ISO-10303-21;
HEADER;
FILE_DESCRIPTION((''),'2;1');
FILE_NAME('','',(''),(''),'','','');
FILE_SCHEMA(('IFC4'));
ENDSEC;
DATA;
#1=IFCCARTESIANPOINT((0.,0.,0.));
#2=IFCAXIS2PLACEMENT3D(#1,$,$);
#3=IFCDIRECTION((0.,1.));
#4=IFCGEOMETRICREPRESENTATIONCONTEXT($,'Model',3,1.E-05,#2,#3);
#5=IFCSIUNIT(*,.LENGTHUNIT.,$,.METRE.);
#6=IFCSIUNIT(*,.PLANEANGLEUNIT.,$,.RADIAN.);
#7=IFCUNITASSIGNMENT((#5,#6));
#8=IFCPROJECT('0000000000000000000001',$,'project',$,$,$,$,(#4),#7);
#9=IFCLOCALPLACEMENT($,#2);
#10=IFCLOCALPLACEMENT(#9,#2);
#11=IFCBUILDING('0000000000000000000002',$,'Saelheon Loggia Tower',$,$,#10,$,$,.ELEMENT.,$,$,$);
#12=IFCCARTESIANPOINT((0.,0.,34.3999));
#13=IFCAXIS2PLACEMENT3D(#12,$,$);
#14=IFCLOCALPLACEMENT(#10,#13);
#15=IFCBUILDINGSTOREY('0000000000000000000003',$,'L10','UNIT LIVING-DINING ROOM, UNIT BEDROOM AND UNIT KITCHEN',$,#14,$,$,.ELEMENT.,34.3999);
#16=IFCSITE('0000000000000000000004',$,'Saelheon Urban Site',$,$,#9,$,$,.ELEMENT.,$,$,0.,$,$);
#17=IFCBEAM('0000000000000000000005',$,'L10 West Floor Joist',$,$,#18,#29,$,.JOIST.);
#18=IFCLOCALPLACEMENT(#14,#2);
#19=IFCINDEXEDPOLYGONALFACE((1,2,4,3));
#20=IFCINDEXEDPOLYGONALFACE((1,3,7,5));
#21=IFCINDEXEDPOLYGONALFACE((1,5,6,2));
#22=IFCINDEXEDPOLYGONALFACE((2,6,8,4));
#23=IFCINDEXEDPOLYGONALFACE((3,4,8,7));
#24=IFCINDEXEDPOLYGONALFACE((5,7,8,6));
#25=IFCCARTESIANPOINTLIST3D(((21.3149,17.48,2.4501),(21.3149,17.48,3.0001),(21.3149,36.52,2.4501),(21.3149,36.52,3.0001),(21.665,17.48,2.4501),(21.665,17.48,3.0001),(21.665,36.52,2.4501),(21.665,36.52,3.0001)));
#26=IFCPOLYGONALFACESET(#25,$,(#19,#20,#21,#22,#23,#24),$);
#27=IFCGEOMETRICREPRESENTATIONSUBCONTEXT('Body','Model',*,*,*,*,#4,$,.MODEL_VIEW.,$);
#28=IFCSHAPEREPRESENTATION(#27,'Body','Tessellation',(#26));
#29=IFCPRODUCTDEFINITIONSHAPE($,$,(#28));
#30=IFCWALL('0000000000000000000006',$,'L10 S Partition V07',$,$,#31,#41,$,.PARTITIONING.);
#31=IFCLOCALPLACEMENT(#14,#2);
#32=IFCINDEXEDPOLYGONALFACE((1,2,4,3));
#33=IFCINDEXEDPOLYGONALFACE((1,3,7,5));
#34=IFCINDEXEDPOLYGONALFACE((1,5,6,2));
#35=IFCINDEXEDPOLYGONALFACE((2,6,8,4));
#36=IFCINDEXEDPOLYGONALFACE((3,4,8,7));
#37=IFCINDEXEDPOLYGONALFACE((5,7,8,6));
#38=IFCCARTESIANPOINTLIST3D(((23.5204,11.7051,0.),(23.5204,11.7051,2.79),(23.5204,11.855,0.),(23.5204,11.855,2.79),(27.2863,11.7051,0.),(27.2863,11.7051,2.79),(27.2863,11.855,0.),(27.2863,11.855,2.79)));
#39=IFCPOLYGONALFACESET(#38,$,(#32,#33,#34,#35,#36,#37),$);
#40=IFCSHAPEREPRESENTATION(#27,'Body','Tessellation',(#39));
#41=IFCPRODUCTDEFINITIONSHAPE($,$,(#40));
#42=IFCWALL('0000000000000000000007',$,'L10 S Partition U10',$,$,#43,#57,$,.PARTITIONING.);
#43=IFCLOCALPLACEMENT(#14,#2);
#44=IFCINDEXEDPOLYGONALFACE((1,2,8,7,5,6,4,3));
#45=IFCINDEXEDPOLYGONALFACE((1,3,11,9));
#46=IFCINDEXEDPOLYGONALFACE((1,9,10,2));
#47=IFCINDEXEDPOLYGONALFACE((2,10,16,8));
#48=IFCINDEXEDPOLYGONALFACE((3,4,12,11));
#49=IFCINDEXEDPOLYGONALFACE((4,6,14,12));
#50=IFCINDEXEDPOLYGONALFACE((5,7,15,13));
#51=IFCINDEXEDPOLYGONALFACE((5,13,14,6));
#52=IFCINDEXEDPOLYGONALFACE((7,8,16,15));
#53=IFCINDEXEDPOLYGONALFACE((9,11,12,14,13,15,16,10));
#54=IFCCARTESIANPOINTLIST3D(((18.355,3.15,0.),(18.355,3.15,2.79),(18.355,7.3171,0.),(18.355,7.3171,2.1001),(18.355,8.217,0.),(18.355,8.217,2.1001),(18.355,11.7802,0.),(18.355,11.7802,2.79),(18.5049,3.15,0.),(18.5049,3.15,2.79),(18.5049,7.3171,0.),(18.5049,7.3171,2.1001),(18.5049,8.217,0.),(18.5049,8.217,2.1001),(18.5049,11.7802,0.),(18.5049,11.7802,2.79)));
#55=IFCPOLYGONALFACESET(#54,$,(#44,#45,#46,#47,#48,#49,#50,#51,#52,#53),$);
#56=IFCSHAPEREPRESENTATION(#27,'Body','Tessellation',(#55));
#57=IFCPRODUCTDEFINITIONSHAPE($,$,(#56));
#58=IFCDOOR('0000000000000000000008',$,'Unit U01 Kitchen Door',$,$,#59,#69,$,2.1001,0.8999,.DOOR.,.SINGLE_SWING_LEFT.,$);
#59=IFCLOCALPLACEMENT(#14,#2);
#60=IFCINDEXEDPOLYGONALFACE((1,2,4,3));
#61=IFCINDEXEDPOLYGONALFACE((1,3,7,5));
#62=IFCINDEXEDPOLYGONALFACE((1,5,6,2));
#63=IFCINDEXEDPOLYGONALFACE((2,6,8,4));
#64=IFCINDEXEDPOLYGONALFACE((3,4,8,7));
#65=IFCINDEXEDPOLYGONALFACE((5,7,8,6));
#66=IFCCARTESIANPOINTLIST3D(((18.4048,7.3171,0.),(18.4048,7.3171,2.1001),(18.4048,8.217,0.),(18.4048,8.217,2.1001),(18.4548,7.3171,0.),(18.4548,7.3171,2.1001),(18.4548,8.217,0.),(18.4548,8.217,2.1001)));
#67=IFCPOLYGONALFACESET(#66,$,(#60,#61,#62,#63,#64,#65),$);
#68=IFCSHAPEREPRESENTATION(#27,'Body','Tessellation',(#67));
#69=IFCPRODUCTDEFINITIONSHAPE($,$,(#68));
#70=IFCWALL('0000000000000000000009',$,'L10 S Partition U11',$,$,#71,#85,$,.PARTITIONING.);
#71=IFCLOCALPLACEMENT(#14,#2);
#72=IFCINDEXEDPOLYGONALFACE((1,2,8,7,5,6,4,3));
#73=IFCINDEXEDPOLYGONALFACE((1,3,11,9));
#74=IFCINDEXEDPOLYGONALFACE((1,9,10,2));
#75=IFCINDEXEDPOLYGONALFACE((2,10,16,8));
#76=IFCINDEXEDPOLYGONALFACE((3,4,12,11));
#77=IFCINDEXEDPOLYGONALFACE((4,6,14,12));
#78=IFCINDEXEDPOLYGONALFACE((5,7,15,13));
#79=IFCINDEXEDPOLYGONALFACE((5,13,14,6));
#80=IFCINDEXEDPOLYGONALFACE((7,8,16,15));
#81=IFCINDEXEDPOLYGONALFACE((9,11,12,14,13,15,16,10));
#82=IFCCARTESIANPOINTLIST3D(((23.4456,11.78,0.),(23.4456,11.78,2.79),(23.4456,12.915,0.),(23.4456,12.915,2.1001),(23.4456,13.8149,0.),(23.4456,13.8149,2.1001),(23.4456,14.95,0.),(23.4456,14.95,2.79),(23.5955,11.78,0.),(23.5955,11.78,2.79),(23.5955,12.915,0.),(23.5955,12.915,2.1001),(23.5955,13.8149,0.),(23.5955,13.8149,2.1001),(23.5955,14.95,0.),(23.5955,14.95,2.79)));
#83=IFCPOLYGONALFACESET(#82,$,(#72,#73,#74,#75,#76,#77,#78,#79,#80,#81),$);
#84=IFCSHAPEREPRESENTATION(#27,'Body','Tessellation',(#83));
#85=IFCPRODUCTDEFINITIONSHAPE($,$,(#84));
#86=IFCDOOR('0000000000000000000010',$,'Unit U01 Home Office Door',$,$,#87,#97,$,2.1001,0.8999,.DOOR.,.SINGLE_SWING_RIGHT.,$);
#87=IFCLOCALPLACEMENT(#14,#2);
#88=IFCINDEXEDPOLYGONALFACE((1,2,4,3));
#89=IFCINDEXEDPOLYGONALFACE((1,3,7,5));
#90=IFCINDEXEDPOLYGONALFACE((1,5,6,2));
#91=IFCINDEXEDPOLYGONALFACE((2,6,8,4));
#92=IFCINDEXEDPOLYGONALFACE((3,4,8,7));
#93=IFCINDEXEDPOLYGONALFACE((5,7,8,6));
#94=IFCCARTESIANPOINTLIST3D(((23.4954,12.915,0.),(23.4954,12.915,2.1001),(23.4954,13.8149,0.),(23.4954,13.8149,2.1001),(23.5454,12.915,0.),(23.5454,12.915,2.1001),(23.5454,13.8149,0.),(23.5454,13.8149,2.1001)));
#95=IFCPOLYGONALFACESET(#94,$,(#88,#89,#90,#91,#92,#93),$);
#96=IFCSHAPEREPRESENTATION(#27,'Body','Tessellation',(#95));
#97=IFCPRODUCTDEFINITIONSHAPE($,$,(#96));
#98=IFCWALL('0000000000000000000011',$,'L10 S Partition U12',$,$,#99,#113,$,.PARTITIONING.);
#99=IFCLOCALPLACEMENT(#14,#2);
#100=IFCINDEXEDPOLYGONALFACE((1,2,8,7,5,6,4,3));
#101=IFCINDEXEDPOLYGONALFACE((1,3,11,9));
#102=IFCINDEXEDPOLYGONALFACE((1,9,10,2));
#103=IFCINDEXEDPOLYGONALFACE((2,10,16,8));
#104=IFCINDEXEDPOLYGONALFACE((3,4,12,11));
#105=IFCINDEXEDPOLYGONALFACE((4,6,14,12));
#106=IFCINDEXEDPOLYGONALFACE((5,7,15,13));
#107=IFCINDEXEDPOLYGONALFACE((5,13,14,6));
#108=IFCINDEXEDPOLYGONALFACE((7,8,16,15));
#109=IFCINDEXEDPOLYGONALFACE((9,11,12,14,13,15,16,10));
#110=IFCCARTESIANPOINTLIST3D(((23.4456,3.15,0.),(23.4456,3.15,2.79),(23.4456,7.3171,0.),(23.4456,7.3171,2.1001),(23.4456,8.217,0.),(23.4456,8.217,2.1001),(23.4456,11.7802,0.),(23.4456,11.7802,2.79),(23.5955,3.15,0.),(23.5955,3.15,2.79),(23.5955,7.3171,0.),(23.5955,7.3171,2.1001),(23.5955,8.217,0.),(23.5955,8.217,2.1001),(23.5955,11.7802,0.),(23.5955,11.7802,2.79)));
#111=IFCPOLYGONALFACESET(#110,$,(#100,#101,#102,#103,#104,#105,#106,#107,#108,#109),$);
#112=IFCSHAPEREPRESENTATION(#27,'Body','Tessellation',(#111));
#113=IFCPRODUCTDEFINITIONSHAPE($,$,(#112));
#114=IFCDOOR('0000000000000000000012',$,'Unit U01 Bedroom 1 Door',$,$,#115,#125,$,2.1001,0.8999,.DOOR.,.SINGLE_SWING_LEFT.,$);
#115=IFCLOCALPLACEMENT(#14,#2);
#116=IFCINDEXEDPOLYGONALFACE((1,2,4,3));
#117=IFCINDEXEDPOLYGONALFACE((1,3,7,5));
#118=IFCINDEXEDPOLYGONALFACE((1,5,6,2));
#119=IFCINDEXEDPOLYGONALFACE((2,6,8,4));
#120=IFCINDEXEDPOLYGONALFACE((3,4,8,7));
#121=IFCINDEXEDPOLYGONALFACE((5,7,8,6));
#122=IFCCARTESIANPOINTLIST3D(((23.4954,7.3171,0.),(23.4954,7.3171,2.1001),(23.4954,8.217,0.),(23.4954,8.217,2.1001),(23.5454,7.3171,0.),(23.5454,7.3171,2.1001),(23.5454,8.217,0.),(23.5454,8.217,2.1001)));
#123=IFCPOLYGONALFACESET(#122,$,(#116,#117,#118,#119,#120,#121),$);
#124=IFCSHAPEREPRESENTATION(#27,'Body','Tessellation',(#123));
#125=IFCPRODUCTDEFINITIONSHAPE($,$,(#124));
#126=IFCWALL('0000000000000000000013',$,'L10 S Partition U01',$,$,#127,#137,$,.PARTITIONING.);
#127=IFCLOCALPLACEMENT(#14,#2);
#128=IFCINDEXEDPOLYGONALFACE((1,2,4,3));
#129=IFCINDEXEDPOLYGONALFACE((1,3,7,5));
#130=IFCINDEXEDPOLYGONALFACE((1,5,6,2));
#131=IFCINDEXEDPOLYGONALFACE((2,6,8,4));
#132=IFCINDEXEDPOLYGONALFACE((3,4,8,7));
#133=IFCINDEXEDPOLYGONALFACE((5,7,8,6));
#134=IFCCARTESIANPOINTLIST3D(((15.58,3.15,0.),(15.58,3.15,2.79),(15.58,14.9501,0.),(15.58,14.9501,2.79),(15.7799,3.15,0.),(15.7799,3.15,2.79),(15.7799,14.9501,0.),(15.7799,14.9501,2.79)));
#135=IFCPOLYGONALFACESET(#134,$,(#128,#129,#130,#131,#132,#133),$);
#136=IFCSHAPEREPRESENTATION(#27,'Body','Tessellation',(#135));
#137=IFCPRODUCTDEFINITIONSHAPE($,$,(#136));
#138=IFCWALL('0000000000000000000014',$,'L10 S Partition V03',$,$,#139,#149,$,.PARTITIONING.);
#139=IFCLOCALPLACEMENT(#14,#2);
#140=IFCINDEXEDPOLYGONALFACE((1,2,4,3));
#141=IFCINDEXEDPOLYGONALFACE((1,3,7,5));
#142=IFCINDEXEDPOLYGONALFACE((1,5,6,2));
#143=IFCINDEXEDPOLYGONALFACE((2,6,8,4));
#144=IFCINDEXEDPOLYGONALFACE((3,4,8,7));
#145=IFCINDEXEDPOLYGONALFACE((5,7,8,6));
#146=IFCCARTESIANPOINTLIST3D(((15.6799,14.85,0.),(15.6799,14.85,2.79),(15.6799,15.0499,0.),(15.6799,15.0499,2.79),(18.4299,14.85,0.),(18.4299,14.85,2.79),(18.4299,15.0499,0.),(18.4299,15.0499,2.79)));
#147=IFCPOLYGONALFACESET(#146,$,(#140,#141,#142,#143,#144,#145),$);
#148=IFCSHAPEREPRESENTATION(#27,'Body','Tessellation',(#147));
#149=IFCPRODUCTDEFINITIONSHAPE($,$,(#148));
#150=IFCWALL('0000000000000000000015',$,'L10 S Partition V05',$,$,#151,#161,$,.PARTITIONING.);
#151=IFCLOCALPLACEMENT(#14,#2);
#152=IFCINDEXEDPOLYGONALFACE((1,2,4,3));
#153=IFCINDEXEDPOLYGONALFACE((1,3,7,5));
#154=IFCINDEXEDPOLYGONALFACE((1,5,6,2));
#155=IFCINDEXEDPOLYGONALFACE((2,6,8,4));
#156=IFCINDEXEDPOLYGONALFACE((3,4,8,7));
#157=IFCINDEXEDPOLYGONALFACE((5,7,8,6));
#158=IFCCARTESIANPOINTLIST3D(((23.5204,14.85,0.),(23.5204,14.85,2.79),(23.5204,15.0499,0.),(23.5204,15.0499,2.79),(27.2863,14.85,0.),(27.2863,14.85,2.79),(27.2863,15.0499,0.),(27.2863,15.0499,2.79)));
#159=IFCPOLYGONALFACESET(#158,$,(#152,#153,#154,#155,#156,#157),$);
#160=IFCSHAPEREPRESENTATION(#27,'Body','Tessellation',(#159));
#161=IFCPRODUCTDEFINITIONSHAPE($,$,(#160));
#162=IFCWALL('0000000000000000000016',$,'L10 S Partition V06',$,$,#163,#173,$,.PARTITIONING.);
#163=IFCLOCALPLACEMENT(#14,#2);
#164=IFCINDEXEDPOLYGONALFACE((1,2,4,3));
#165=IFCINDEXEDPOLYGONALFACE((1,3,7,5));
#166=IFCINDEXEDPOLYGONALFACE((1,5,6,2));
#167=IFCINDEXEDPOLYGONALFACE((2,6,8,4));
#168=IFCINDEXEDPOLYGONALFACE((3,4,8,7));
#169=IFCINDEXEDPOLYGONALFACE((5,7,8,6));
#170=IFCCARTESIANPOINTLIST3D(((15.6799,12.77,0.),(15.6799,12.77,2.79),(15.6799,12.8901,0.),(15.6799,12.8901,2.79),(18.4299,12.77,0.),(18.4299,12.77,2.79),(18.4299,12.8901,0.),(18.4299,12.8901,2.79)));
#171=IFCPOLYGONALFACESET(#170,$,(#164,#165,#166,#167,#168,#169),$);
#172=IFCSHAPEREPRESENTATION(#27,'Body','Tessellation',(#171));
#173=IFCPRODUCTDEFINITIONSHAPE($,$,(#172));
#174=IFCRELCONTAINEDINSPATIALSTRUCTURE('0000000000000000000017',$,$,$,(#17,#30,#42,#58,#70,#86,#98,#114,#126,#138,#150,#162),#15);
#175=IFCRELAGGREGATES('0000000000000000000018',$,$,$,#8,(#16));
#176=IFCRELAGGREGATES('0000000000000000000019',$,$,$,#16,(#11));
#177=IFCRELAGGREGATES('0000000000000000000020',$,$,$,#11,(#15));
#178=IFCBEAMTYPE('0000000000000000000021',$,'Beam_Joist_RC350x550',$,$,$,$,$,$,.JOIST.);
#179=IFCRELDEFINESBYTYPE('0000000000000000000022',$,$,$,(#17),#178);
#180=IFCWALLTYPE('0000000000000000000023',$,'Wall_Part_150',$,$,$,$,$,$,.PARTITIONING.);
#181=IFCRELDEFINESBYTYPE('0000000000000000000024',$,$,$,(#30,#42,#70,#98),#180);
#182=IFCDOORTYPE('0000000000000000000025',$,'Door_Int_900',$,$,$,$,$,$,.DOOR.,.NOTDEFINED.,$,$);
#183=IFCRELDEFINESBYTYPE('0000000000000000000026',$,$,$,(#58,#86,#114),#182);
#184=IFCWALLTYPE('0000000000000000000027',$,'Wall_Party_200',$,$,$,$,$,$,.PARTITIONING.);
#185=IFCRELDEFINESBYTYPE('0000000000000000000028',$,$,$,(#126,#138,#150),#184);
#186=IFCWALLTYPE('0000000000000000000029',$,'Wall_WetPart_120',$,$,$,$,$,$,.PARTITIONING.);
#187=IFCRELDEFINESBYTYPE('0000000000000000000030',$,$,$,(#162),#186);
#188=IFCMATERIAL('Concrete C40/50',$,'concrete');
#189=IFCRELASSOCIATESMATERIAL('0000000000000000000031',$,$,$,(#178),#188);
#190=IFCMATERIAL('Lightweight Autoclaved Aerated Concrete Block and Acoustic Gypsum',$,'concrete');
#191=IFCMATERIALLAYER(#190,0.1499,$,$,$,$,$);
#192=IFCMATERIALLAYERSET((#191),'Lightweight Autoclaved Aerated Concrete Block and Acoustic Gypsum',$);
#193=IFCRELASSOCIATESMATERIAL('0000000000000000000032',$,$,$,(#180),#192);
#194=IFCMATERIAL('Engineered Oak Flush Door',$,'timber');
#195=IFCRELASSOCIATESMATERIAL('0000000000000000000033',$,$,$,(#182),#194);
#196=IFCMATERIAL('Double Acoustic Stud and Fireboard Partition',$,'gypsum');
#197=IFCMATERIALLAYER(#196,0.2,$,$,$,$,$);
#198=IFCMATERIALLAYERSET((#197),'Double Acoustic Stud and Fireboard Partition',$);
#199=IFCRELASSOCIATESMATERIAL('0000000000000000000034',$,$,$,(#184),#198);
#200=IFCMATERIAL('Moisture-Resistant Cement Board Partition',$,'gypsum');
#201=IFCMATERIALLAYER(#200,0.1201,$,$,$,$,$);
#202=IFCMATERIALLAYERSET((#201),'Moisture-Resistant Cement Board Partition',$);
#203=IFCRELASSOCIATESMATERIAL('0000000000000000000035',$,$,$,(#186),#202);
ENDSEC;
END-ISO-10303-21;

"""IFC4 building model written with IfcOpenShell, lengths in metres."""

from ifc_helpers import new_model, si_unit, direction, frame, frame_2d, origin, origin_2d, place, context, subcontext, project, spatial, rectangle, extrude, source, transform, mapped, material, layer, layer_set, material_profile, profile_set, type_object, element, fill, save


model = new_model("IFC4")

# Units and contexts
model_context = context("Model", 3, precision=1e-05, world=origin(), true_north=direction((0.0, 1.0)))
body_context = subcontext(model_context, "Body", "Model", "MODEL_VIEW")
ifc_project = project(units=[si_unit("LENGTHUNIT", "METRE"), si_unit("PLANEANGLEUNIT", "RADIAN")], contexts=[model_context])

# Site, building, storey
site_placement = place(None, origin())
site = spatial("IfcSite", under=ifc_project, at=site_placement, Name="Saelheon Urban Site", CompositionType="ELEMENT", RefElevation=0.0)
building_placement = place(site_placement, origin())
building = spatial("IfcBuilding", under=site, at=building_placement, Name="Saelheon Loggia Tower", CompositionType="ELEMENT")
storey_placement = place(building_placement, frame((0.0, 0.0, 34.3999)))
storey = spatial("IfcBuildingStorey", under=building, at=storey_placement, Name="L10", Description="UNIT LIVING-DINING ROOM, UNIT BEDROOM AND UNIT KITCHEN", CompositionType="ELEMENT", Elevation=34.3999)

# Beam
ifc_material_1 = material(Name="Concrete C40/50", Category="concrete")
ifc_material_profile = material_profile(ifc_material_1, rectangle(XDim=0.3501, YDim=0.55, at=origin_2d()), Name="RC-350x550")
ifc_profile_set = profile_set([ifc_material_profile], Name="Concrete C40/50")
beam_type = type_object("IfcBeamType", Name="Beam_Joist_RC350x550", PredefinedType="JOIST", material=ifc_profile_set)
shared_shape_1 = source(origin(), body_context, "Body", "SweptSolid", [
    extrude(rectangle(XDim=0.3501, YDim=0.55, at=origin_2d()), origin(), (0.0, 0.0, 1.0), 19.04),
])
beam_placement = place(storey_placement, frame((21.49, 17.48, 2.7251), z_axis=(0.0, 1.0, 0.0), x_axis=(-1.0, 0.0, 0.0)))
element("IfcBeam", 1, at=beam_placement, inside=storey, type_object=beam_type, Name="L10 West Floor Joist", PredefinedType="JOIST", context=body_context, shape_type="MappedRepresentation", body=[
    mapped(shared_shape_1, transform((0.0, 0.0, 0.0), scale=1.0)),
])

# Wall
ifc_material_2 = material(Name="Lightweight Autoclaved Aerated Concrete Block and Acoustic Gypsum", Category="concrete")
ifc_layer_1 = layer(ifc_material_2, 0.1499)
ifc_layer_set_1 = layer_set([ifc_layer_1], Name="Lightweight Autoclaved Aerated Concrete Block and Acoustic Gypsum")
wall_type_1 = type_object("IfcWallType", Name="Wall_Part_150", PredefinedType="PARTITIONING", material=ifc_layer_set_1)
wall_1_placement = place(storey_placement, frame((23.5205, 11.78, 0.0), z_axis=(0.0, 0.0, 1.0), x_axis=(1.0, 0.0, 0.0)))
element("IfcWall", 2, at=wall_1_placement, inside=storey, type_object=wall_type_1, Name="L10 S Partition V07", PredefinedType="PARTITIONING", context=body_context, shape_type="SweptSolid", body=[
    extrude(rectangle(XDim=3.7659, YDim=0.1499, at=frame_2d((1.8828, 0.0))), origin(), (0.0, 0.0, 1.0), 2.79),
])

# Walls, openings, doors
wall_2_placement = place(storey_placement, frame((18.4299, 11.78, 0.0), z_axis=(0.0, 0.0, 1.0), x_axis=(0.0, -1.0, 0.0)))
wall_2 = element("IfcWall", 3, at=wall_2_placement, inside=storey, type_object=wall_type_1, Name="L10 S Partition U10", PredefinedType="PARTITIONING", context=body_context, shape_type="SweptSolid", body=[
    extrude(rectangle(XDim=8.6301, YDim=0.1499, at=frame_2d((4.3149, 0.0))), origin(), (0.0, 0.0, 1.0), 2.79),
])
opening_1_placement = place(wall_2_placement, frame((3.563, 0.0, 0.0)))
opening_1 = element("IfcOpeningElement", 4, at=opening_1_placement, cuts=wall_2, PredefinedType="OPENING", context=body_context, shape_type="SweptSolid", body=[
    extrude(rectangle(XDim=0.8999, YDim=2.1001, at=frame_2d((0.45, 1.05))), frame((0.0, 0.0869, 0.0), z_axis=(0.0, -1.0, 0.0), x_axis=(1.0, 0.0, 0.0)), (0.0, 0.0, 1.0), 0.1738),
])
ifc_material_3 = material(Name="Engineered Oak Flush Door", Category="timber")
door_type_1 = type_object("IfcDoorType", Name="Door_Int_900", OperationType="NOTDEFINED", PredefinedType="DOOR", material=ifc_material_3)
shared_shape_2 = source(origin(), body_context, "Body", "SweptSolid", [
    extrude(rectangle(XDim=0.8999, YDim=2.1001, at=frame_2d((0.45, 1.05))), frame((0.0, 0.0249, 0.0), z_axis=(0.0, -1.0, 0.0), x_axis=(1.0, 0.0, 0.0)), (0.0, 0.0, 1.0), 0.05),
])
door_1_placement = place(opening_1_placement, origin())
door_1 = element("IfcDoor", 5, at=door_1_placement, inside=storey, type_object=door_type_1, Name="Unit U01 Kitchen Door", OperationType="SINGLE_SWING_LEFT", OverallHeight=2.1001, OverallWidth=0.8999, PredefinedType="DOOR", context=body_context, shape_type="MappedRepresentation", body=[
    mapped(shared_shape_2, transform((0.0, 0.0, 0.0), scale=1.0)),
])
fill(opening_1, door_1)
wall_3_placement = place(storey_placement, frame((23.5205, 14.95, 0.0), z_axis=(0.0, 0.0, 1.0), x_axis=(0.0, -1.0, 0.0)))
wall_3 = element("IfcWall", 6, at=wall_3_placement, inside=storey, type_object=wall_type_1, Name="L10 S Partition U11", PredefinedType="PARTITIONING", context=body_context, shape_type="SweptSolid", body=[
    extrude(rectangle(XDim=3.1699, YDim=0.1499, at=frame_2d((1.585, 0.0))), origin(), (0.0, 0.0, 1.0), 2.79),
])
opening_2_placement = place(wall_3_placement, frame((1.135, 0.0, 0.0)))
opening_2 = element("IfcOpeningElement", 7, at=opening_2_placement, cuts=wall_3, PredefinedType="OPENING", context=body_context, shape_type="SweptSolid", body=[
    extrude(rectangle(XDim=0.8999, YDim=2.1001, at=frame_2d((0.45, 1.05))), frame((0.0, 0.0869, 0.0), z_axis=(0.0, -1.0, 0.0), x_axis=(1.0, 0.0, 0.0)), (0.0, 0.0, 1.0), 0.1738),
])
door_2_placement = place(opening_2_placement, origin())
door_2 = element("IfcDoor", 8, at=door_2_placement, inside=storey, type_object=door_type_1, Name="Unit U01 Home Office Door", OperationType="SINGLE_SWING_RIGHT", OverallHeight=2.1001, OverallWidth=0.8999, PredefinedType="DOOR", context=body_context, shape_type="MappedRepresentation", body=[
    mapped(shared_shape_2, transform((0.0, 0.0, 0.0), scale=1.0)),
])
fill(opening_2, door_2)
wall_4_placement = place(storey_placement, frame((23.5205, 11.78, 0.0), z_axis=(0.0, 0.0, 1.0), x_axis=(0.0, -1.0, 0.0)))
wall_4 = element("IfcWall", 9, at=wall_4_placement, inside=storey, type_object=wall_type_1, Name="L10 S Partition U12", PredefinedType="PARTITIONING", context=body_context, shape_type="SweptSolid", body=[
    extrude(rectangle(XDim=8.6301, YDim=0.1499, at=frame_2d((4.3149, 0.0))), origin(), (0.0, 0.0, 1.0), 2.79),
])
opening_3_placement = place(wall_4_placement, frame((3.563, 0.0, 0.0)))
opening_3 = element("IfcOpeningElement", 10, at=opening_3_placement, cuts=wall_4, PredefinedType="OPENING", context=body_context, shape_type="SweptSolid", body=[
    extrude(rectangle(XDim=0.8999, YDim=2.1001, at=frame_2d((0.45, 1.05))), frame((0.0, 0.0869, 0.0), z_axis=(0.0, -1.0, 0.0), x_axis=(1.0, 0.0, 0.0)), (0.0, 0.0, 1.0), 0.1738),
])
door_3_placement = place(opening_3_placement, origin())
door_3 = element("IfcDoor", 11, at=door_3_placement, inside=storey, type_object=door_type_1, Name="Unit U01 Bedroom 1 Door", OperationType="SINGLE_SWING_LEFT", OverallHeight=2.1001, OverallWidth=0.8999, PredefinedType="DOOR", context=body_context, shape_type="MappedRepresentation", body=[
    mapped(shared_shape_2, transform((0.0, 0.0, 0.0), scale=1.0)),
])
fill(opening_3, door_3)

# Walls
ifc_material_4 = material(Name="Double Acoustic Stud and Fireboard Partition", Category="gypsum")
ifc_layer_2 = layer(ifc_material_4, 0.2)
ifc_layer_set_2 = layer_set([ifc_layer_2], Name="Double Acoustic Stud and Fireboard Partition")
wall_type_2 = type_object("IfcWallType", Name="Wall_Party_200", PredefinedType="PARTITIONING", material=ifc_layer_set_2)
wall_5_placement = place(storey_placement, frame((15.6799, 14.95, 0.0), z_axis=(0.0, 0.0, 1.0), x_axis=(0.0, -1.0, 0.0)))
element("IfcWall", 12, at=wall_5_placement, inside=storey, type_object=wall_type_2, Name="L10 S Partition U01", PredefinedType="PARTITIONING", context=body_context, shape_type="SweptSolid", body=[
    extrude(rectangle(XDim=11.8, YDim=0.2, at=frame_2d((5.8999, 0.0))), origin(), (0.0, 0.0, 1.0), 2.79),
])
wall_6_placement = place(storey_placement, frame((15.6799, 14.95, 0.0), z_axis=(0.0, 0.0, 1.0), x_axis=(1.0, 0.0, 0.0)))
element("IfcWall", 13, at=wall_6_placement, inside=storey, type_object=wall_type_2, Name="L10 S Partition V03", PredefinedType="PARTITIONING", context=body_context, shape_type="SweptSolid", body=[
    extrude(rectangle(XDim=2.75, YDim=0.2, at=frame_2d((1.375, 0.0))), origin(), (0.0, 0.0, 1.0), 2.79),
])

# Walls
wall_7_placement = place(storey_placement, frame((23.5205, 14.95, 0.0), z_axis=(0.0, 0.0, 1.0), x_axis=(1.0, 0.0, 0.0)))
element("IfcWall", 14, at=wall_7_placement, inside=storey, type_object=wall_type_2, Name="L10 S Partition V05", PredefinedType="PARTITIONING", context=body_context, shape_type="SweptSolid", body=[
    extrude(rectangle(XDim=3.7659, YDim=0.2, at=frame_2d((1.8828, 0.0))), origin(), (0.0, 0.0, 1.0), 2.79),
])
ifc_material_5 = material(Name="Moisture-Resistant Cement Board Partition", Category="gypsum")
ifc_layer_3 = layer(ifc_material_5, 0.1201)
ifc_layer_set_3 = layer_set([ifc_layer_3], Name="Moisture-Resistant Cement Board Partition")
wall_type_3 = type_object("IfcWallType", Name="Wall_WetPart_120", PredefinedType="PARTITIONING", material=ifc_layer_set_3)
wall_8_placement = place(storey_placement, frame((15.6799, 12.8301, 0.0), z_axis=(0.0, 0.0, 1.0), x_axis=(1.0, 0.0, 0.0)))
element("IfcWall", 15, at=wall_8_placement, inside=storey, type_object=wall_type_3, Name="L10 S Partition V06", PredefinedType="PARTITIONING", context=body_context, shape_type="SweptSolid", body=[
    extrude(rectangle(XDim=2.75, YDim=0.1201, at=frame_2d((1.375, 0.0))), origin(), (0.0, 0.0, 1.0), 2.79),
])

save(model, "model.ifc")
